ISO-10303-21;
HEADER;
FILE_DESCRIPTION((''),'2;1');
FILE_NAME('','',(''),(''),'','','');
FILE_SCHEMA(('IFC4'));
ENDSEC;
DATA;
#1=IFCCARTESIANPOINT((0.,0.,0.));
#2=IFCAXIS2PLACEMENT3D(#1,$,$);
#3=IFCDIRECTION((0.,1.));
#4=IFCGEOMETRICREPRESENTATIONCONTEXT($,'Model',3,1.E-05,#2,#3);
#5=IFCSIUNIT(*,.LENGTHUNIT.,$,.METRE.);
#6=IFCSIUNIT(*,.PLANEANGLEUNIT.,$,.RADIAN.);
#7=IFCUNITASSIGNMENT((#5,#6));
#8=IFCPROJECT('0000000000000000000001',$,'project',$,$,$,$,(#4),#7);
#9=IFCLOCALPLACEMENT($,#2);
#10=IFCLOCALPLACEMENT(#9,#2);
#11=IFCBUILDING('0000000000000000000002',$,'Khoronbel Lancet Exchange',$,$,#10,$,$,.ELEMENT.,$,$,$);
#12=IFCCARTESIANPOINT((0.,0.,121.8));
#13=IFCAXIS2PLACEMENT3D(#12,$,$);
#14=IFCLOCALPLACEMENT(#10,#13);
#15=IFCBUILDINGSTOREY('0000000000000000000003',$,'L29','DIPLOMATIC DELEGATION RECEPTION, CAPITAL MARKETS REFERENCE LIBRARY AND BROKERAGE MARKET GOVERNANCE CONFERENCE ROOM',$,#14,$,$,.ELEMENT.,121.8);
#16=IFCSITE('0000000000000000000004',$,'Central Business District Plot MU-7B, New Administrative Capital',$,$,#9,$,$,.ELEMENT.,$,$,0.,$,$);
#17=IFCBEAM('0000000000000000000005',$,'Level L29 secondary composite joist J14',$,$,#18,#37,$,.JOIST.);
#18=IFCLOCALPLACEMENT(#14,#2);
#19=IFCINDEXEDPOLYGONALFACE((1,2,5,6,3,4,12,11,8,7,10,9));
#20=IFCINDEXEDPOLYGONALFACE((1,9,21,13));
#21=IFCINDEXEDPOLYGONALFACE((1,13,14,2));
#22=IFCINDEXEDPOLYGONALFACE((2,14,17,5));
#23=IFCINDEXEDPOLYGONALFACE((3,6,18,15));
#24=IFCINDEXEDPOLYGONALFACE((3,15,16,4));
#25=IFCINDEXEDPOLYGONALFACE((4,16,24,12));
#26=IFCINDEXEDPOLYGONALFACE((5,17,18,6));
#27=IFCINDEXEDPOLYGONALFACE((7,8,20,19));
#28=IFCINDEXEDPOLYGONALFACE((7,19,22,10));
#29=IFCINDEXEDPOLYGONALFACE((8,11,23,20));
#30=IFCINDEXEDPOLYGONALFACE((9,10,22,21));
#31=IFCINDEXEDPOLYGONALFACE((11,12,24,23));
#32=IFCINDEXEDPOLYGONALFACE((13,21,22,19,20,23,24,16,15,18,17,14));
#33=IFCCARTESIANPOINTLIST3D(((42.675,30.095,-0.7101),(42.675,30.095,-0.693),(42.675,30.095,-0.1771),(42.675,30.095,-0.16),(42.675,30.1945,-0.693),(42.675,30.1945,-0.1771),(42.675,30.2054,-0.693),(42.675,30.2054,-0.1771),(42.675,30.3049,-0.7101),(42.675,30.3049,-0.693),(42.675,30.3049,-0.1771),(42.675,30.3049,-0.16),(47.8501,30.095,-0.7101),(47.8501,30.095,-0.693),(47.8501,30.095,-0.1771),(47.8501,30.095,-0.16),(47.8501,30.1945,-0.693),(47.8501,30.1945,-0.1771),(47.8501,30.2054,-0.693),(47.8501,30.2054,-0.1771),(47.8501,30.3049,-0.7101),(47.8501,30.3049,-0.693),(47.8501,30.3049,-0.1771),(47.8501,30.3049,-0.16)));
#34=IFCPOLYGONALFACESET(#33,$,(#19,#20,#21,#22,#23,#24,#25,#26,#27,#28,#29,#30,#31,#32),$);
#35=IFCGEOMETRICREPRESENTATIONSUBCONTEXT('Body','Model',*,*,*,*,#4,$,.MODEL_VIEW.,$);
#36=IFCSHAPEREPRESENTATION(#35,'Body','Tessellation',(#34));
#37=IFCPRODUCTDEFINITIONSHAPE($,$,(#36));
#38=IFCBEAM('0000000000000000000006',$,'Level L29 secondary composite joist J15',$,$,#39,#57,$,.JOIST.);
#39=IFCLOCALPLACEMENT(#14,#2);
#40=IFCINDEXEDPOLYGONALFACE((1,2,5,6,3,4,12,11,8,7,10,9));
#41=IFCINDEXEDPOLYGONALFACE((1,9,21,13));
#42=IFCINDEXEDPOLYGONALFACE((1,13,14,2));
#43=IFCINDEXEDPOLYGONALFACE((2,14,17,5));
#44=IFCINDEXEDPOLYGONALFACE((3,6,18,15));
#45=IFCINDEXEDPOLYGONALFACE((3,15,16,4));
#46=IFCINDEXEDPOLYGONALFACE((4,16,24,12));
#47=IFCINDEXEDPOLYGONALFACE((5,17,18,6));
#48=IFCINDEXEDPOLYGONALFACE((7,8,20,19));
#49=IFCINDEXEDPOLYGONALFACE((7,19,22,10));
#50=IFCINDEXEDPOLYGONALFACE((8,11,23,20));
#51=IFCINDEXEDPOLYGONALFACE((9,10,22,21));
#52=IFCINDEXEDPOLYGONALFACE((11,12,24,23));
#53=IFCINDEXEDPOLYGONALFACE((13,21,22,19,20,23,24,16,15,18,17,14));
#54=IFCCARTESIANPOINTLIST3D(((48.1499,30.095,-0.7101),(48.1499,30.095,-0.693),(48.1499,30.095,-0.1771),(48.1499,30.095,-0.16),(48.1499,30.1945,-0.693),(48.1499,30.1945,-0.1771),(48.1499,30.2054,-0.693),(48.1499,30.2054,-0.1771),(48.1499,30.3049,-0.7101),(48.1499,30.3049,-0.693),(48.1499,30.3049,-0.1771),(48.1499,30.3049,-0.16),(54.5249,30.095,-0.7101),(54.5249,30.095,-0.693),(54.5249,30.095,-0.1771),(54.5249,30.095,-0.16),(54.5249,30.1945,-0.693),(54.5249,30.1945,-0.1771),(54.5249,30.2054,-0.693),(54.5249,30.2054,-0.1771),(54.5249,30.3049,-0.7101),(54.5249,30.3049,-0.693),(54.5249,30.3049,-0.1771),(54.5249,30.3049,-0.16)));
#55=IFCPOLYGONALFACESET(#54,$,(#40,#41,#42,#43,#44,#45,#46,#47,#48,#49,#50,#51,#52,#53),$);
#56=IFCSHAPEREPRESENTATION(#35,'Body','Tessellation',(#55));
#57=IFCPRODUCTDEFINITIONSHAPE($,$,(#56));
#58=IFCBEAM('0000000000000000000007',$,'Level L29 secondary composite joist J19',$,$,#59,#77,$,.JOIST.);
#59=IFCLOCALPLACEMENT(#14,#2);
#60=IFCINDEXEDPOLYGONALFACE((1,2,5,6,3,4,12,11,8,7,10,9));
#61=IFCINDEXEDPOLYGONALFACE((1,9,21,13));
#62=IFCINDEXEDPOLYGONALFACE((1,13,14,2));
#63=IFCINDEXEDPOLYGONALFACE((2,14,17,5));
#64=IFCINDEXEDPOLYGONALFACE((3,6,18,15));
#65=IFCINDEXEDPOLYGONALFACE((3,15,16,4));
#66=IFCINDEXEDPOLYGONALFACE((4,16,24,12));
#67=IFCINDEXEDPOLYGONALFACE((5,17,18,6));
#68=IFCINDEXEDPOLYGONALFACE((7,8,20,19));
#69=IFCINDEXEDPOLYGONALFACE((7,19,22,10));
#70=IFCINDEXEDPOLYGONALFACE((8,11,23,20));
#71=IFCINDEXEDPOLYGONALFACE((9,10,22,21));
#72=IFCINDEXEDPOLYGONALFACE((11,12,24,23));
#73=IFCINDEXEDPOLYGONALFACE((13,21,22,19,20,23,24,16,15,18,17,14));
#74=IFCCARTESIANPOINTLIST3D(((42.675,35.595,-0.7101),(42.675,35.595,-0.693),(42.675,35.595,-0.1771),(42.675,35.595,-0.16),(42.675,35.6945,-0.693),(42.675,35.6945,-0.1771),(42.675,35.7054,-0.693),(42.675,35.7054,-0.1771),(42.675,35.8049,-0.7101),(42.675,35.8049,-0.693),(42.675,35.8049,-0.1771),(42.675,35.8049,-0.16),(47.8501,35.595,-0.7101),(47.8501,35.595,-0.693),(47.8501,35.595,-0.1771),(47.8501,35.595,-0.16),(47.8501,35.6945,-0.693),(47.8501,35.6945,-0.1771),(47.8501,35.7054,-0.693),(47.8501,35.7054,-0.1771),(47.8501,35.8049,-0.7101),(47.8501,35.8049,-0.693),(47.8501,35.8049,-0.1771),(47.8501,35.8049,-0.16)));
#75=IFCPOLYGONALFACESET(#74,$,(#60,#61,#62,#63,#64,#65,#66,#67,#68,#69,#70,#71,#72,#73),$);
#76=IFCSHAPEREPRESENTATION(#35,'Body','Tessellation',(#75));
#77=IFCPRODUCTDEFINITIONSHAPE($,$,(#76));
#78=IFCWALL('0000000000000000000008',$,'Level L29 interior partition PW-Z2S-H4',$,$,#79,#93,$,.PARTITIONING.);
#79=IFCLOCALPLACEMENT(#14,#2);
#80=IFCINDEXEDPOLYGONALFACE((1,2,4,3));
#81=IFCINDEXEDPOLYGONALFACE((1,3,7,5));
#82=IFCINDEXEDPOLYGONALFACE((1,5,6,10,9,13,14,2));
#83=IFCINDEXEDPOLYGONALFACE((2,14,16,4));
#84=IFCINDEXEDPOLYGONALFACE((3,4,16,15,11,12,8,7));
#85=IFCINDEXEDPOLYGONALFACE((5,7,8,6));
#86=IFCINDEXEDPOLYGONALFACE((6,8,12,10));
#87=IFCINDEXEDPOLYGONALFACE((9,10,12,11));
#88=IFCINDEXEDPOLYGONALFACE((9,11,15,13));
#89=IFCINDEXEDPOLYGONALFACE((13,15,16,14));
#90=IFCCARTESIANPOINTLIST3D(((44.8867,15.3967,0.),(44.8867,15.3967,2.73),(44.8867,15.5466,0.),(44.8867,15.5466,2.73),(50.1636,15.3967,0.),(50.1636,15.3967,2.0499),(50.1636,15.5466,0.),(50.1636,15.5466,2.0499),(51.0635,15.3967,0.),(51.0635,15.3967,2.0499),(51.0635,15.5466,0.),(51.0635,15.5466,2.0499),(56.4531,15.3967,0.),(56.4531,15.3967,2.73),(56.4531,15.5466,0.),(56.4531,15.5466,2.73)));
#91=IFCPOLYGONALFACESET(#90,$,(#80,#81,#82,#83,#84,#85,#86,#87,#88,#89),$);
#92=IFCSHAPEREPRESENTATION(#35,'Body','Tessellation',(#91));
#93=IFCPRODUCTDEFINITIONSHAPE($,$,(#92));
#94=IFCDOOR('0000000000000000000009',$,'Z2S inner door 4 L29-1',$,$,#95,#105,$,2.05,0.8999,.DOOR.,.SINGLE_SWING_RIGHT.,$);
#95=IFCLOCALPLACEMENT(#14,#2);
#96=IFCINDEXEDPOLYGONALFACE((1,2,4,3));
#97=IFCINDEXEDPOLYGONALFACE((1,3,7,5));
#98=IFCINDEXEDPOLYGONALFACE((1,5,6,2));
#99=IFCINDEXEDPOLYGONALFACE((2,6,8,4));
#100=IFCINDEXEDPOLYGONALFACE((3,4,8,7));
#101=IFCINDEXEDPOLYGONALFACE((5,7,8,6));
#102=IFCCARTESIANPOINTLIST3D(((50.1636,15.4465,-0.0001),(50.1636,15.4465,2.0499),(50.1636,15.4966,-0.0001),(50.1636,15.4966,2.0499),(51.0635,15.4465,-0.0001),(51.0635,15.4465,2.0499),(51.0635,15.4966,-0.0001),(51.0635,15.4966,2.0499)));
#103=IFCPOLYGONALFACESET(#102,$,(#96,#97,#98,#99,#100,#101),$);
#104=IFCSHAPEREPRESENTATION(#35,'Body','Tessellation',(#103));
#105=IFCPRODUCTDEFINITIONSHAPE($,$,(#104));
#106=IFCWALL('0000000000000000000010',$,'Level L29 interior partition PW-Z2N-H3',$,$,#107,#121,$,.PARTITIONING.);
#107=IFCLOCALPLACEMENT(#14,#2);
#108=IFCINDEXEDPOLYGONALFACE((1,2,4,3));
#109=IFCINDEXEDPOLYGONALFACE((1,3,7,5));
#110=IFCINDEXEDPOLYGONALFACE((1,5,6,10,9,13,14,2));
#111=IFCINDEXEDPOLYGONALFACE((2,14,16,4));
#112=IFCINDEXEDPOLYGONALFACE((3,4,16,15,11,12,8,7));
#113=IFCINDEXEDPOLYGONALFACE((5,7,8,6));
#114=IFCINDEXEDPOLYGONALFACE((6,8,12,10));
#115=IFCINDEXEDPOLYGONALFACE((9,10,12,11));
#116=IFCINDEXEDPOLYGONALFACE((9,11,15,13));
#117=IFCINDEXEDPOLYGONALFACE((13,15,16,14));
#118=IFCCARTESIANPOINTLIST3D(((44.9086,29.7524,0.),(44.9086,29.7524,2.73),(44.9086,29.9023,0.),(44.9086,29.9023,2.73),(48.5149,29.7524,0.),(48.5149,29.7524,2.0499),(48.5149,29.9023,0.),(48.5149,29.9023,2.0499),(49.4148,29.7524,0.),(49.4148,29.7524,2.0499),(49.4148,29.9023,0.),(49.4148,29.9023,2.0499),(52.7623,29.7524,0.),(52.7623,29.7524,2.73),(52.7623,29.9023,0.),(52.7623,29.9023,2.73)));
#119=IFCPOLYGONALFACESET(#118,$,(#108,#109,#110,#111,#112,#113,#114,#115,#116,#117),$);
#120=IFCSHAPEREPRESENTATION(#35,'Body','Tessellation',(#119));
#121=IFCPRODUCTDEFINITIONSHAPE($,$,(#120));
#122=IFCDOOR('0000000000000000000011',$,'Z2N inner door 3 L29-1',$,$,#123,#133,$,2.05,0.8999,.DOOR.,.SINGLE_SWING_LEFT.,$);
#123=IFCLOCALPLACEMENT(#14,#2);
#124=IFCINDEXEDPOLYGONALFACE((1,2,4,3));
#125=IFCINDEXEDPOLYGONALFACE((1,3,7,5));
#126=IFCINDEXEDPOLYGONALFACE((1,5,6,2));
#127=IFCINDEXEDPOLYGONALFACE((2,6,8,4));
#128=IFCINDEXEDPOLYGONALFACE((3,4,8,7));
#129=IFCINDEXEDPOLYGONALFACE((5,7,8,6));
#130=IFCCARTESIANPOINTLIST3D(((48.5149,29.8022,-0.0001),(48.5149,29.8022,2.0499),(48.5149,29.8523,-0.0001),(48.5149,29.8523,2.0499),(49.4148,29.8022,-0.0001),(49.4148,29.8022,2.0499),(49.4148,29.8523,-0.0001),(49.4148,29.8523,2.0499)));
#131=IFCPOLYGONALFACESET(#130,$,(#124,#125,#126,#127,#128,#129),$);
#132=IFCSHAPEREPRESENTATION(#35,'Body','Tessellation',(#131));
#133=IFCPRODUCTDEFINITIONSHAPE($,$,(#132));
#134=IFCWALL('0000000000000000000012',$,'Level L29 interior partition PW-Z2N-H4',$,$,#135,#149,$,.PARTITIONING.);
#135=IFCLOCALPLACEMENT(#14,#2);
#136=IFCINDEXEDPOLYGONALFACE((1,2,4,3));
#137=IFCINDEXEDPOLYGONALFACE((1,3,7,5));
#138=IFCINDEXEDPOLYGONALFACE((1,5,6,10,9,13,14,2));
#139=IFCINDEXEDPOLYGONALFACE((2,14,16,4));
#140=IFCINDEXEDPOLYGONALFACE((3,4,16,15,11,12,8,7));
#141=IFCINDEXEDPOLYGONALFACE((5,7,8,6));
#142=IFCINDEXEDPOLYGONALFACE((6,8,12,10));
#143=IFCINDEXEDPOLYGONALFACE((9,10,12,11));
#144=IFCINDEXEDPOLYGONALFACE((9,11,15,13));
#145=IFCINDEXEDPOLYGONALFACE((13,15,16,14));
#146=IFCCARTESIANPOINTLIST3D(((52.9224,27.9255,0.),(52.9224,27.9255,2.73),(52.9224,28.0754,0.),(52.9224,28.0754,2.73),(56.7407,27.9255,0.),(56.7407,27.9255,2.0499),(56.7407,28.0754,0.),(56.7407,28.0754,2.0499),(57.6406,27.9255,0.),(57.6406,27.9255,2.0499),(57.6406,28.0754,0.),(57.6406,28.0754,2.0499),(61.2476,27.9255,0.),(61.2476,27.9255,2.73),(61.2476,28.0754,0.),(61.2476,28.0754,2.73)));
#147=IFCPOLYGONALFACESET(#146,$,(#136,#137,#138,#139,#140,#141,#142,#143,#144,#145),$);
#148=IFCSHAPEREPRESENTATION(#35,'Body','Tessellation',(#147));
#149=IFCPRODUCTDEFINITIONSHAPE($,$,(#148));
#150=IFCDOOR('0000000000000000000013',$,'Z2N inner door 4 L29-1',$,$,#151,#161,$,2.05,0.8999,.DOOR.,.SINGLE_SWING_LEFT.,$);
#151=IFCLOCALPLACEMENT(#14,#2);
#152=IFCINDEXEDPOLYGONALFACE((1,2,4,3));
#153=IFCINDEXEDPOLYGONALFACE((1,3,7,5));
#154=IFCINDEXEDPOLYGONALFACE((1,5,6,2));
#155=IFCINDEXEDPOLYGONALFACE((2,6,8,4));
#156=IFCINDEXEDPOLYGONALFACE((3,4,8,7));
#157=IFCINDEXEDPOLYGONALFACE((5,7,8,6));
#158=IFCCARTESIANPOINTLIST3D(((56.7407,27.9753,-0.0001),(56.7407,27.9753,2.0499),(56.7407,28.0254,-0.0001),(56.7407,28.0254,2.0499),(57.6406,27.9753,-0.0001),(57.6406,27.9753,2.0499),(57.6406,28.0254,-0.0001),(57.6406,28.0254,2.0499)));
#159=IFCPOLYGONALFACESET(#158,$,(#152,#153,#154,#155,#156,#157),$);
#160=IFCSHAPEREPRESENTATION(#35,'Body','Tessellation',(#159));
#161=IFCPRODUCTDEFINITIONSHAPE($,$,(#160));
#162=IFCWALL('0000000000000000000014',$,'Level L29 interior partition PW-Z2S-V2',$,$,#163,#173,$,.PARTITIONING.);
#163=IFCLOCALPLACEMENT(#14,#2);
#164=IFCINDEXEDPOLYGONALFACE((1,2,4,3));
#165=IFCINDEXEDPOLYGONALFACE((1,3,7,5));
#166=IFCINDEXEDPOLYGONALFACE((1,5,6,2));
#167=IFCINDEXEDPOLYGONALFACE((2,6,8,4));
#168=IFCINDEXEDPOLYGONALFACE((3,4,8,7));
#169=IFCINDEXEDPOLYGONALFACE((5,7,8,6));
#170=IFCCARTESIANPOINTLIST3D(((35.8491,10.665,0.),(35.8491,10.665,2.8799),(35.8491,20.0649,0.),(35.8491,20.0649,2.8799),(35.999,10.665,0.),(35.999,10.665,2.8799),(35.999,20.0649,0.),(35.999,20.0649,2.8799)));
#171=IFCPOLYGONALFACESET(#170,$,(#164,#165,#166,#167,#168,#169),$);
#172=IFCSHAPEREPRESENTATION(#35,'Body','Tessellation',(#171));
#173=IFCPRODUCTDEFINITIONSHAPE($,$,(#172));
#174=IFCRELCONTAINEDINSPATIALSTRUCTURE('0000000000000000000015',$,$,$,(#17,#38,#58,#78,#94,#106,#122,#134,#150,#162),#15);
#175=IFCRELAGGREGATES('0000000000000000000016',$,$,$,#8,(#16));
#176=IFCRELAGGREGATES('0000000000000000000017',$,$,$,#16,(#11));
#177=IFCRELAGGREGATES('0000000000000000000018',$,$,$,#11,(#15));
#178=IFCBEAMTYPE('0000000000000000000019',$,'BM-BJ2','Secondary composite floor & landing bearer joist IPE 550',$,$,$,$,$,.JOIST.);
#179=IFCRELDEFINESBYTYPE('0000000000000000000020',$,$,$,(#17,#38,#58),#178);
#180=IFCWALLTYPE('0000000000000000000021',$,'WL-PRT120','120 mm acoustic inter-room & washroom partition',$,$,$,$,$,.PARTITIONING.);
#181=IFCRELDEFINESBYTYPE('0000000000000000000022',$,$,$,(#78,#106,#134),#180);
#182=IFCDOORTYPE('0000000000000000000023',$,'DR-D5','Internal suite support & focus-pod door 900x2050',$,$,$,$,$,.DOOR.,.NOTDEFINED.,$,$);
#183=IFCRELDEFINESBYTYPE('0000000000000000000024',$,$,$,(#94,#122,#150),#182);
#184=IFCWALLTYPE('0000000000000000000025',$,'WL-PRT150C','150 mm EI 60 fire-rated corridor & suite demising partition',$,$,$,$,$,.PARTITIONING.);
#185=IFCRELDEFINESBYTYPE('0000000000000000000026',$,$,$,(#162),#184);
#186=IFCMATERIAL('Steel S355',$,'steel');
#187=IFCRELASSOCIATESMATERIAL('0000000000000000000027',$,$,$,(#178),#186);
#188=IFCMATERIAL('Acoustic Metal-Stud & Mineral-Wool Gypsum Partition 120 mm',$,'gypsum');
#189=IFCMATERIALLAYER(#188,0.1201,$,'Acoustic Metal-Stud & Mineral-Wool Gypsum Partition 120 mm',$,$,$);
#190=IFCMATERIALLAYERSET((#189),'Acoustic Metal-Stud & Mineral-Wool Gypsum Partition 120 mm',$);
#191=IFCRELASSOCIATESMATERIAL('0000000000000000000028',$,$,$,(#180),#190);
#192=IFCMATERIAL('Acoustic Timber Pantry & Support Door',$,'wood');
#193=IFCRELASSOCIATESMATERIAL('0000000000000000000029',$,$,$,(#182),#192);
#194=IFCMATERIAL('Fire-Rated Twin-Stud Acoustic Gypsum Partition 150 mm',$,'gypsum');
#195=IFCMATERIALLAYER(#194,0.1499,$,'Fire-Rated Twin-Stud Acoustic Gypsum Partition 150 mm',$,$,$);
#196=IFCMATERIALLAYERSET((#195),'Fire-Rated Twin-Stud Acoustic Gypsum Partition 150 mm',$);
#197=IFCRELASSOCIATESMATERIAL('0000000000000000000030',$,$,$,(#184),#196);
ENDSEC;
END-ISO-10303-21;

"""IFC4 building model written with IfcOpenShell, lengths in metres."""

from ifc_helpers import new_model, si_unit, direction, frame, frame_2d, origin, origin_2d, place, context, subcontext, project, spatial, rectangle, i_section, extrude, material, layer, layer_set, material_profile, profile_set, type_object, element, fill, save


model = new_model("IFC4")

# Units and contexts
model_context = context("Model", 3, precision=1e-05, world=origin(), true_north=direction((0.0, 1.0)))
body_context = subcontext(model_context, "Body", "Model", "MODEL_VIEW")
ifc_project = project(units=[si_unit("LENGTHUNIT", "METRE"), si_unit("PLANEANGLEUNIT", "RADIAN")], contexts=[model_context])

# Site, building, storey
site_placement = place(None, origin())
site = spatial("IfcSite", under=ifc_project, at=site_placement, Name="Central Business District Plot MU-7B, New Administrative Capital", CompositionType="ELEMENT", RefElevation=0.0)
building_placement = place(site_placement, origin())
building = spatial("IfcBuilding", under=site, at=building_placement, Name="Khoronbel Lancet Exchange", CompositionType="ELEMENT")
storey_placement = place(building_placement, frame((0.0, 0.0, 121.8)))
storey = spatial("IfcBuildingStorey", under=building, at=storey_placement, Name="L29", Description="DIPLOMATIC DELEGATION RECEPTION, CAPITAL MARKETS REFERENCE LIBRARY AND BROKERAGE MARKET GOVERNANCE CONFERENCE ROOM", CompositionType="ELEMENT", Elevation=121.8)

# Beams
ifc_material_1 = material(Name="Steel S355", Category="steel")
ifc_material_profile_1 = material_profile(ifc_material_1, i_section(OverallWidth=0.21, OverallDepth=0.55, WebThickness=0.011, FlangeThickness=0.0171, at=origin_2d()), Name="IPE 550")
ifc_profile_set_1 = profile_set([ifc_material_profile_1], Name="Steel S355")
beam_type_1 = type_object("IfcBeamType", Name="BM-BJ2", Description="Secondary composite floor & landing bearer joist IPE 550", PredefinedType="JOIST", material=ifc_profile_set_1)
beam_1_placement = place(storey_placement, frame((42.675, 30.2, -0.4351), z_axis=(1.0, 0.0, 0.0), x_axis=(0.0, 1.0, 0.0)))
element("IfcBeam", 1, at=beam_1_placement, inside=storey, type_object=beam_type_1, Name="Level L29 secondary composite joist J14", PredefinedType="JOIST", context=body_context, shape_type="SweptSolid", body=[
    extrude(i_section(OverallWidth=0.21, OverallDepth=0.55, WebThickness=0.011, FlangeThickness=0.0171, at=origin_2d()), origin(), (0.0, 0.0, 1.0), 5.175),
])
beam_2_placement = place(storey_placement, frame((48.1499, 30.2, -0.4351), z_axis=(1.0, 0.0, 0.0), x_axis=(0.0, 1.0, 0.0)))
element("IfcBeam", 2, at=beam_2_placement, inside=storey, type_object=beam_type_1, Name="Level L29 secondary composite joist J15", PredefinedType="JOIST", context=body_context, shape_type="SweptSolid", body=[
    extrude(i_section(OverallWidth=0.21, OverallDepth=0.55, WebThickness=0.011, FlangeThickness=0.0171, at=origin_2d()), origin(), (0.0, 0.0, 1.0), 6.375),
])
beam_3_placement = place(storey_placement, frame((42.675, 35.7, -0.4351), z_axis=(1.0, 0.0, 0.0), x_axis=(0.0, 1.0, 0.0)))
element("IfcBeam", 3, at=beam_3_placement, inside=storey, type_object=beam_type_1, Name="Level L29 secondary composite joist J19", PredefinedType="JOIST", context=body_context, shape_type="SweptSolid", body=[
    extrude(i_section(OverallWidth=0.21, OverallDepth=0.55, WebThickness=0.011, FlangeThickness=0.0171, at=origin_2d()), origin(), (0.0, 0.0, 1.0), 5.175),
])

# Walls, openings, doors
ifc_material_2 = material(Name="Acoustic Metal-Stud & Mineral-Wool Gypsum Partition 120 mm", Category="gypsum")
ifc_layer_1 = layer(ifc_material_2, 0.1201, Name="Acoustic Metal-Stud & Mineral-Wool Gypsum Partition 120 mm")
ifc_layer_set_1 = layer_set([ifc_layer_1], Name="Acoustic Metal-Stud & Mineral-Wool Gypsum Partition 120 mm")
wall_type_1 = type_object("IfcWallType", Name="WL-PRT120", Description="120 mm acoustic inter-room & washroom partition", PredefinedType="PARTITIONING", material=ifc_layer_set_1)
wall_1_placement = place(storey_placement, frame((44.8867, 15.4717, 0.0), z_axis=(0.0, 0.0, 1.0), x_axis=(1.0, 0.0, 0.0)))
wall_1 = element("IfcWall", 4, at=wall_1_placement, inside=storey, type_object=wall_type_1, Name="Level L29 interior partition PW-Z2S-H4", PredefinedType="PARTITIONING", context=body_context, shape_type="SweptSolid", body=[
    extrude(rectangle(XDim=11.5664, YDim=0.1499, at=frame_2d((5.7832, 0.0))), origin(), (0.0, 0.0, 1.0), 2.73),
])
opening_1_placement = place(wall_1_placement, frame((5.2769, 0.0, 0.0)))
opening_1 = element("IfcOpeningElement", 5, at=opening_1_placement, cuts=wall_1, PredefinedType="OPENING", context=body_context, shape_type="SweptSolid", body=[
    extrude(rectangle(XDim=0.8999, YDim=2.05, at=frame_2d((0.45, 1.0249))), frame((0.0, 0.085, 0.0), z_axis=(0.0, -1.0, 0.0), x_axis=(1.0, 0.0, 0.0)), (0.0, 0.0, 1.0), 0.1699),
])
ifc_material_3 = material(Name="Acoustic Timber Pantry & Support Door", Category="wood")
door_type_1 = type_object("IfcDoorType", Name="DR-D5", Description="Internal suite support & focus-pod door 900x2050", OperationType="NOTDEFINED", PredefinedType="DOOR", material=ifc_material_3)
door_1_placement = place(opening_1_placement, origin())
door_1 = element("IfcDoor", 6, at=door_1_placement, inside=storey, type_object=door_type_1, Name="Z2S inner door 4 L29-1", OperationType="SINGLE_SWING_RIGHT", OverallHeight=2.05, OverallWidth=0.8999, PredefinedType="DOOR", context=body_context, shape_type="SweptSolid", body=[
    extrude(rectangle(XDim=0.8999, YDim=2.05, at=frame_2d((0.45, 1.0249))), frame((0.0, 0.0249, 0.0), z_axis=(0.0, -1.0, 0.0), x_axis=(1.0, 0.0, 0.0)), (0.0, 0.0, 1.0), 0.05),
])
fill(opening_1, door_1)
wall_2_placement = place(storey_placement, frame((44.9087, 29.8274, 0.0), z_axis=(0.0, 0.0, 1.0), x_axis=(1.0, 0.0, 0.0)))
wall_2 = element("IfcWall", 7, at=wall_2_placement, inside=storey, type_object=wall_type_1, Name="Level L29 interior partition PW-Z2N-H3", PredefinedType="PARTITIONING", context=body_context, shape_type="SweptSolid", body=[
    extrude(rectangle(XDim=7.8538, YDim=0.1499, at=frame_2d((3.9268, 0.0))), origin(), (0.0, 0.0, 1.0), 2.73),
])
opening_2_placement = place(wall_2_placement, frame((3.6062, 0.0, 0.0)))
opening_2 = element("IfcOpeningElement", 8, at=opening_2_placement, cuts=wall_2, PredefinedType="OPENING", context=body_context, shape_type="SweptSolid", body=[
    extrude(rectangle(XDim=0.8999, YDim=2.05, at=frame_2d((0.45, 1.0249))), frame((0.0, 0.085, 0.0), z_axis=(0.0, -1.0, 0.0), x_axis=(1.0, 0.0, 0.0)), (0.0, 0.0, 1.0), 0.1699),
])
door_2_placement = place(opening_2_placement, origin())
door_2 = element("IfcDoor", 9, at=door_2_placement, inside=storey, type_object=door_type_1, Name="Z2N inner door 3 L29-1", OperationType="SINGLE_SWING_LEFT", OverallHeight=2.05, OverallWidth=0.8999, PredefinedType="DOOR", context=body_context, shape_type="SweptSolid", body=[
    extrude(rectangle(XDim=0.8999, YDim=2.05, at=frame_2d((0.45, 1.0249))), frame((0.0, 0.0249, 0.0), z_axis=(0.0, -1.0, 0.0), x_axis=(1.0, 0.0, 0.0)), (0.0, 0.0, 1.0), 0.05),
])
fill(opening_2, door_2)
wall_3_placement = place(storey_placement, frame((52.9224, 28.0005, 0.0), z_axis=(0.0, 0.0, 1.0), x_axis=(1.0, 0.0, 0.0)))
wall_3 = element("IfcWall", 10, at=wall_3_placement, inside=storey, type_object=wall_type_1, Name="Level L29 interior partition PW-Z2N-H4", PredefinedType="PARTITIONING", context=body_context, shape_type="SweptSolid", body=[
    extrude(rectangle(XDim=8.3252, YDim=0.1499, at=frame_2d((4.1626, 0.0))), origin(), (0.0, 0.0, 1.0), 2.73),
])
opening_3_placement = place(wall_3_placement, frame((3.8184, 0.0, 0.0)))
opening_3 = element("IfcOpeningElement", 11, at=opening_3_placement, cuts=wall_3, PredefinedType="OPENING", context=body_context, shape_type="SweptSolid", body=[
    extrude(rectangle(XDim=0.8999, YDim=2.05, at=frame_2d((0.45, 1.0249))), frame((0.0, 0.085, 0.0), z_axis=(0.0, -1.0, 0.0), x_axis=(1.0, 0.0, 0.0)), (0.0, 0.0, 1.0), 0.1699),
])
door_3_placement = place(opening_3_placement, origin())
door_3 = element("IfcDoor", 12, at=door_3_placement, inside=storey, type_object=door_type_1, Name="Z2N inner door 4 L29-1", OperationType="SINGLE_SWING_LEFT", OverallHeight=2.05, OverallWidth=0.8999, PredefinedType="DOOR", context=body_context, shape_type="SweptSolid", body=[
    extrude(rectangle(XDim=0.8999, YDim=2.05, at=frame_2d((0.45, 1.0249))), frame((0.0, 0.0249, 0.0), z_axis=(0.0, -1.0, 0.0), x_axis=(1.0, 0.0, 0.0)), (0.0, 0.0, 1.0), 0.05),
])
fill(opening_3, door_3)

# Wall
ifc_material_4 = material(Name="Fire-Rated Twin-Stud Acoustic Gypsum Partition 150 mm", Category="gypsum")
ifc_layer_2 = layer(ifc_material_4, 0.1499, Name="Fire-Rated Twin-Stud Acoustic Gypsum Partition 150 mm")
ifc_layer_set_2 = layer_set([ifc_layer_2], Name="Fire-Rated Twin-Stud Acoustic Gypsum Partition 150 mm")
wall_type_2 = type_object("IfcWallType", Name="WL-PRT150C", Description="150 mm EI 60 fire-rated corridor & suite demising partition", PredefinedType="PARTITIONING", material=ifc_layer_set_2)
for number, where, z_axis, x_axis, name in (
    (13, (35.9241, 10.665, 0.0), (0.0, 0.0, 1.0), (0.0, 1.0, 0.0), "Level L29 interior partition PW-Z2S-V2"),
):
    element("IfcWall", number, at=place(storey_placement, frame(where, z_axis=z_axis, x_axis=x_axis)), inside=storey, type_object=wall_type_2, Name=name, PredefinedType="PARTITIONING", context=body_context, shape_type="SweptSolid", body=[
        extrude(rectangle(XDim=9.3999, YDim=0.1499, at=frame_2d((4.7, 0.0))), origin(), (0.0, 0.0, 1.0), 2.8799),
    ])

save(model, "model.ifc")
